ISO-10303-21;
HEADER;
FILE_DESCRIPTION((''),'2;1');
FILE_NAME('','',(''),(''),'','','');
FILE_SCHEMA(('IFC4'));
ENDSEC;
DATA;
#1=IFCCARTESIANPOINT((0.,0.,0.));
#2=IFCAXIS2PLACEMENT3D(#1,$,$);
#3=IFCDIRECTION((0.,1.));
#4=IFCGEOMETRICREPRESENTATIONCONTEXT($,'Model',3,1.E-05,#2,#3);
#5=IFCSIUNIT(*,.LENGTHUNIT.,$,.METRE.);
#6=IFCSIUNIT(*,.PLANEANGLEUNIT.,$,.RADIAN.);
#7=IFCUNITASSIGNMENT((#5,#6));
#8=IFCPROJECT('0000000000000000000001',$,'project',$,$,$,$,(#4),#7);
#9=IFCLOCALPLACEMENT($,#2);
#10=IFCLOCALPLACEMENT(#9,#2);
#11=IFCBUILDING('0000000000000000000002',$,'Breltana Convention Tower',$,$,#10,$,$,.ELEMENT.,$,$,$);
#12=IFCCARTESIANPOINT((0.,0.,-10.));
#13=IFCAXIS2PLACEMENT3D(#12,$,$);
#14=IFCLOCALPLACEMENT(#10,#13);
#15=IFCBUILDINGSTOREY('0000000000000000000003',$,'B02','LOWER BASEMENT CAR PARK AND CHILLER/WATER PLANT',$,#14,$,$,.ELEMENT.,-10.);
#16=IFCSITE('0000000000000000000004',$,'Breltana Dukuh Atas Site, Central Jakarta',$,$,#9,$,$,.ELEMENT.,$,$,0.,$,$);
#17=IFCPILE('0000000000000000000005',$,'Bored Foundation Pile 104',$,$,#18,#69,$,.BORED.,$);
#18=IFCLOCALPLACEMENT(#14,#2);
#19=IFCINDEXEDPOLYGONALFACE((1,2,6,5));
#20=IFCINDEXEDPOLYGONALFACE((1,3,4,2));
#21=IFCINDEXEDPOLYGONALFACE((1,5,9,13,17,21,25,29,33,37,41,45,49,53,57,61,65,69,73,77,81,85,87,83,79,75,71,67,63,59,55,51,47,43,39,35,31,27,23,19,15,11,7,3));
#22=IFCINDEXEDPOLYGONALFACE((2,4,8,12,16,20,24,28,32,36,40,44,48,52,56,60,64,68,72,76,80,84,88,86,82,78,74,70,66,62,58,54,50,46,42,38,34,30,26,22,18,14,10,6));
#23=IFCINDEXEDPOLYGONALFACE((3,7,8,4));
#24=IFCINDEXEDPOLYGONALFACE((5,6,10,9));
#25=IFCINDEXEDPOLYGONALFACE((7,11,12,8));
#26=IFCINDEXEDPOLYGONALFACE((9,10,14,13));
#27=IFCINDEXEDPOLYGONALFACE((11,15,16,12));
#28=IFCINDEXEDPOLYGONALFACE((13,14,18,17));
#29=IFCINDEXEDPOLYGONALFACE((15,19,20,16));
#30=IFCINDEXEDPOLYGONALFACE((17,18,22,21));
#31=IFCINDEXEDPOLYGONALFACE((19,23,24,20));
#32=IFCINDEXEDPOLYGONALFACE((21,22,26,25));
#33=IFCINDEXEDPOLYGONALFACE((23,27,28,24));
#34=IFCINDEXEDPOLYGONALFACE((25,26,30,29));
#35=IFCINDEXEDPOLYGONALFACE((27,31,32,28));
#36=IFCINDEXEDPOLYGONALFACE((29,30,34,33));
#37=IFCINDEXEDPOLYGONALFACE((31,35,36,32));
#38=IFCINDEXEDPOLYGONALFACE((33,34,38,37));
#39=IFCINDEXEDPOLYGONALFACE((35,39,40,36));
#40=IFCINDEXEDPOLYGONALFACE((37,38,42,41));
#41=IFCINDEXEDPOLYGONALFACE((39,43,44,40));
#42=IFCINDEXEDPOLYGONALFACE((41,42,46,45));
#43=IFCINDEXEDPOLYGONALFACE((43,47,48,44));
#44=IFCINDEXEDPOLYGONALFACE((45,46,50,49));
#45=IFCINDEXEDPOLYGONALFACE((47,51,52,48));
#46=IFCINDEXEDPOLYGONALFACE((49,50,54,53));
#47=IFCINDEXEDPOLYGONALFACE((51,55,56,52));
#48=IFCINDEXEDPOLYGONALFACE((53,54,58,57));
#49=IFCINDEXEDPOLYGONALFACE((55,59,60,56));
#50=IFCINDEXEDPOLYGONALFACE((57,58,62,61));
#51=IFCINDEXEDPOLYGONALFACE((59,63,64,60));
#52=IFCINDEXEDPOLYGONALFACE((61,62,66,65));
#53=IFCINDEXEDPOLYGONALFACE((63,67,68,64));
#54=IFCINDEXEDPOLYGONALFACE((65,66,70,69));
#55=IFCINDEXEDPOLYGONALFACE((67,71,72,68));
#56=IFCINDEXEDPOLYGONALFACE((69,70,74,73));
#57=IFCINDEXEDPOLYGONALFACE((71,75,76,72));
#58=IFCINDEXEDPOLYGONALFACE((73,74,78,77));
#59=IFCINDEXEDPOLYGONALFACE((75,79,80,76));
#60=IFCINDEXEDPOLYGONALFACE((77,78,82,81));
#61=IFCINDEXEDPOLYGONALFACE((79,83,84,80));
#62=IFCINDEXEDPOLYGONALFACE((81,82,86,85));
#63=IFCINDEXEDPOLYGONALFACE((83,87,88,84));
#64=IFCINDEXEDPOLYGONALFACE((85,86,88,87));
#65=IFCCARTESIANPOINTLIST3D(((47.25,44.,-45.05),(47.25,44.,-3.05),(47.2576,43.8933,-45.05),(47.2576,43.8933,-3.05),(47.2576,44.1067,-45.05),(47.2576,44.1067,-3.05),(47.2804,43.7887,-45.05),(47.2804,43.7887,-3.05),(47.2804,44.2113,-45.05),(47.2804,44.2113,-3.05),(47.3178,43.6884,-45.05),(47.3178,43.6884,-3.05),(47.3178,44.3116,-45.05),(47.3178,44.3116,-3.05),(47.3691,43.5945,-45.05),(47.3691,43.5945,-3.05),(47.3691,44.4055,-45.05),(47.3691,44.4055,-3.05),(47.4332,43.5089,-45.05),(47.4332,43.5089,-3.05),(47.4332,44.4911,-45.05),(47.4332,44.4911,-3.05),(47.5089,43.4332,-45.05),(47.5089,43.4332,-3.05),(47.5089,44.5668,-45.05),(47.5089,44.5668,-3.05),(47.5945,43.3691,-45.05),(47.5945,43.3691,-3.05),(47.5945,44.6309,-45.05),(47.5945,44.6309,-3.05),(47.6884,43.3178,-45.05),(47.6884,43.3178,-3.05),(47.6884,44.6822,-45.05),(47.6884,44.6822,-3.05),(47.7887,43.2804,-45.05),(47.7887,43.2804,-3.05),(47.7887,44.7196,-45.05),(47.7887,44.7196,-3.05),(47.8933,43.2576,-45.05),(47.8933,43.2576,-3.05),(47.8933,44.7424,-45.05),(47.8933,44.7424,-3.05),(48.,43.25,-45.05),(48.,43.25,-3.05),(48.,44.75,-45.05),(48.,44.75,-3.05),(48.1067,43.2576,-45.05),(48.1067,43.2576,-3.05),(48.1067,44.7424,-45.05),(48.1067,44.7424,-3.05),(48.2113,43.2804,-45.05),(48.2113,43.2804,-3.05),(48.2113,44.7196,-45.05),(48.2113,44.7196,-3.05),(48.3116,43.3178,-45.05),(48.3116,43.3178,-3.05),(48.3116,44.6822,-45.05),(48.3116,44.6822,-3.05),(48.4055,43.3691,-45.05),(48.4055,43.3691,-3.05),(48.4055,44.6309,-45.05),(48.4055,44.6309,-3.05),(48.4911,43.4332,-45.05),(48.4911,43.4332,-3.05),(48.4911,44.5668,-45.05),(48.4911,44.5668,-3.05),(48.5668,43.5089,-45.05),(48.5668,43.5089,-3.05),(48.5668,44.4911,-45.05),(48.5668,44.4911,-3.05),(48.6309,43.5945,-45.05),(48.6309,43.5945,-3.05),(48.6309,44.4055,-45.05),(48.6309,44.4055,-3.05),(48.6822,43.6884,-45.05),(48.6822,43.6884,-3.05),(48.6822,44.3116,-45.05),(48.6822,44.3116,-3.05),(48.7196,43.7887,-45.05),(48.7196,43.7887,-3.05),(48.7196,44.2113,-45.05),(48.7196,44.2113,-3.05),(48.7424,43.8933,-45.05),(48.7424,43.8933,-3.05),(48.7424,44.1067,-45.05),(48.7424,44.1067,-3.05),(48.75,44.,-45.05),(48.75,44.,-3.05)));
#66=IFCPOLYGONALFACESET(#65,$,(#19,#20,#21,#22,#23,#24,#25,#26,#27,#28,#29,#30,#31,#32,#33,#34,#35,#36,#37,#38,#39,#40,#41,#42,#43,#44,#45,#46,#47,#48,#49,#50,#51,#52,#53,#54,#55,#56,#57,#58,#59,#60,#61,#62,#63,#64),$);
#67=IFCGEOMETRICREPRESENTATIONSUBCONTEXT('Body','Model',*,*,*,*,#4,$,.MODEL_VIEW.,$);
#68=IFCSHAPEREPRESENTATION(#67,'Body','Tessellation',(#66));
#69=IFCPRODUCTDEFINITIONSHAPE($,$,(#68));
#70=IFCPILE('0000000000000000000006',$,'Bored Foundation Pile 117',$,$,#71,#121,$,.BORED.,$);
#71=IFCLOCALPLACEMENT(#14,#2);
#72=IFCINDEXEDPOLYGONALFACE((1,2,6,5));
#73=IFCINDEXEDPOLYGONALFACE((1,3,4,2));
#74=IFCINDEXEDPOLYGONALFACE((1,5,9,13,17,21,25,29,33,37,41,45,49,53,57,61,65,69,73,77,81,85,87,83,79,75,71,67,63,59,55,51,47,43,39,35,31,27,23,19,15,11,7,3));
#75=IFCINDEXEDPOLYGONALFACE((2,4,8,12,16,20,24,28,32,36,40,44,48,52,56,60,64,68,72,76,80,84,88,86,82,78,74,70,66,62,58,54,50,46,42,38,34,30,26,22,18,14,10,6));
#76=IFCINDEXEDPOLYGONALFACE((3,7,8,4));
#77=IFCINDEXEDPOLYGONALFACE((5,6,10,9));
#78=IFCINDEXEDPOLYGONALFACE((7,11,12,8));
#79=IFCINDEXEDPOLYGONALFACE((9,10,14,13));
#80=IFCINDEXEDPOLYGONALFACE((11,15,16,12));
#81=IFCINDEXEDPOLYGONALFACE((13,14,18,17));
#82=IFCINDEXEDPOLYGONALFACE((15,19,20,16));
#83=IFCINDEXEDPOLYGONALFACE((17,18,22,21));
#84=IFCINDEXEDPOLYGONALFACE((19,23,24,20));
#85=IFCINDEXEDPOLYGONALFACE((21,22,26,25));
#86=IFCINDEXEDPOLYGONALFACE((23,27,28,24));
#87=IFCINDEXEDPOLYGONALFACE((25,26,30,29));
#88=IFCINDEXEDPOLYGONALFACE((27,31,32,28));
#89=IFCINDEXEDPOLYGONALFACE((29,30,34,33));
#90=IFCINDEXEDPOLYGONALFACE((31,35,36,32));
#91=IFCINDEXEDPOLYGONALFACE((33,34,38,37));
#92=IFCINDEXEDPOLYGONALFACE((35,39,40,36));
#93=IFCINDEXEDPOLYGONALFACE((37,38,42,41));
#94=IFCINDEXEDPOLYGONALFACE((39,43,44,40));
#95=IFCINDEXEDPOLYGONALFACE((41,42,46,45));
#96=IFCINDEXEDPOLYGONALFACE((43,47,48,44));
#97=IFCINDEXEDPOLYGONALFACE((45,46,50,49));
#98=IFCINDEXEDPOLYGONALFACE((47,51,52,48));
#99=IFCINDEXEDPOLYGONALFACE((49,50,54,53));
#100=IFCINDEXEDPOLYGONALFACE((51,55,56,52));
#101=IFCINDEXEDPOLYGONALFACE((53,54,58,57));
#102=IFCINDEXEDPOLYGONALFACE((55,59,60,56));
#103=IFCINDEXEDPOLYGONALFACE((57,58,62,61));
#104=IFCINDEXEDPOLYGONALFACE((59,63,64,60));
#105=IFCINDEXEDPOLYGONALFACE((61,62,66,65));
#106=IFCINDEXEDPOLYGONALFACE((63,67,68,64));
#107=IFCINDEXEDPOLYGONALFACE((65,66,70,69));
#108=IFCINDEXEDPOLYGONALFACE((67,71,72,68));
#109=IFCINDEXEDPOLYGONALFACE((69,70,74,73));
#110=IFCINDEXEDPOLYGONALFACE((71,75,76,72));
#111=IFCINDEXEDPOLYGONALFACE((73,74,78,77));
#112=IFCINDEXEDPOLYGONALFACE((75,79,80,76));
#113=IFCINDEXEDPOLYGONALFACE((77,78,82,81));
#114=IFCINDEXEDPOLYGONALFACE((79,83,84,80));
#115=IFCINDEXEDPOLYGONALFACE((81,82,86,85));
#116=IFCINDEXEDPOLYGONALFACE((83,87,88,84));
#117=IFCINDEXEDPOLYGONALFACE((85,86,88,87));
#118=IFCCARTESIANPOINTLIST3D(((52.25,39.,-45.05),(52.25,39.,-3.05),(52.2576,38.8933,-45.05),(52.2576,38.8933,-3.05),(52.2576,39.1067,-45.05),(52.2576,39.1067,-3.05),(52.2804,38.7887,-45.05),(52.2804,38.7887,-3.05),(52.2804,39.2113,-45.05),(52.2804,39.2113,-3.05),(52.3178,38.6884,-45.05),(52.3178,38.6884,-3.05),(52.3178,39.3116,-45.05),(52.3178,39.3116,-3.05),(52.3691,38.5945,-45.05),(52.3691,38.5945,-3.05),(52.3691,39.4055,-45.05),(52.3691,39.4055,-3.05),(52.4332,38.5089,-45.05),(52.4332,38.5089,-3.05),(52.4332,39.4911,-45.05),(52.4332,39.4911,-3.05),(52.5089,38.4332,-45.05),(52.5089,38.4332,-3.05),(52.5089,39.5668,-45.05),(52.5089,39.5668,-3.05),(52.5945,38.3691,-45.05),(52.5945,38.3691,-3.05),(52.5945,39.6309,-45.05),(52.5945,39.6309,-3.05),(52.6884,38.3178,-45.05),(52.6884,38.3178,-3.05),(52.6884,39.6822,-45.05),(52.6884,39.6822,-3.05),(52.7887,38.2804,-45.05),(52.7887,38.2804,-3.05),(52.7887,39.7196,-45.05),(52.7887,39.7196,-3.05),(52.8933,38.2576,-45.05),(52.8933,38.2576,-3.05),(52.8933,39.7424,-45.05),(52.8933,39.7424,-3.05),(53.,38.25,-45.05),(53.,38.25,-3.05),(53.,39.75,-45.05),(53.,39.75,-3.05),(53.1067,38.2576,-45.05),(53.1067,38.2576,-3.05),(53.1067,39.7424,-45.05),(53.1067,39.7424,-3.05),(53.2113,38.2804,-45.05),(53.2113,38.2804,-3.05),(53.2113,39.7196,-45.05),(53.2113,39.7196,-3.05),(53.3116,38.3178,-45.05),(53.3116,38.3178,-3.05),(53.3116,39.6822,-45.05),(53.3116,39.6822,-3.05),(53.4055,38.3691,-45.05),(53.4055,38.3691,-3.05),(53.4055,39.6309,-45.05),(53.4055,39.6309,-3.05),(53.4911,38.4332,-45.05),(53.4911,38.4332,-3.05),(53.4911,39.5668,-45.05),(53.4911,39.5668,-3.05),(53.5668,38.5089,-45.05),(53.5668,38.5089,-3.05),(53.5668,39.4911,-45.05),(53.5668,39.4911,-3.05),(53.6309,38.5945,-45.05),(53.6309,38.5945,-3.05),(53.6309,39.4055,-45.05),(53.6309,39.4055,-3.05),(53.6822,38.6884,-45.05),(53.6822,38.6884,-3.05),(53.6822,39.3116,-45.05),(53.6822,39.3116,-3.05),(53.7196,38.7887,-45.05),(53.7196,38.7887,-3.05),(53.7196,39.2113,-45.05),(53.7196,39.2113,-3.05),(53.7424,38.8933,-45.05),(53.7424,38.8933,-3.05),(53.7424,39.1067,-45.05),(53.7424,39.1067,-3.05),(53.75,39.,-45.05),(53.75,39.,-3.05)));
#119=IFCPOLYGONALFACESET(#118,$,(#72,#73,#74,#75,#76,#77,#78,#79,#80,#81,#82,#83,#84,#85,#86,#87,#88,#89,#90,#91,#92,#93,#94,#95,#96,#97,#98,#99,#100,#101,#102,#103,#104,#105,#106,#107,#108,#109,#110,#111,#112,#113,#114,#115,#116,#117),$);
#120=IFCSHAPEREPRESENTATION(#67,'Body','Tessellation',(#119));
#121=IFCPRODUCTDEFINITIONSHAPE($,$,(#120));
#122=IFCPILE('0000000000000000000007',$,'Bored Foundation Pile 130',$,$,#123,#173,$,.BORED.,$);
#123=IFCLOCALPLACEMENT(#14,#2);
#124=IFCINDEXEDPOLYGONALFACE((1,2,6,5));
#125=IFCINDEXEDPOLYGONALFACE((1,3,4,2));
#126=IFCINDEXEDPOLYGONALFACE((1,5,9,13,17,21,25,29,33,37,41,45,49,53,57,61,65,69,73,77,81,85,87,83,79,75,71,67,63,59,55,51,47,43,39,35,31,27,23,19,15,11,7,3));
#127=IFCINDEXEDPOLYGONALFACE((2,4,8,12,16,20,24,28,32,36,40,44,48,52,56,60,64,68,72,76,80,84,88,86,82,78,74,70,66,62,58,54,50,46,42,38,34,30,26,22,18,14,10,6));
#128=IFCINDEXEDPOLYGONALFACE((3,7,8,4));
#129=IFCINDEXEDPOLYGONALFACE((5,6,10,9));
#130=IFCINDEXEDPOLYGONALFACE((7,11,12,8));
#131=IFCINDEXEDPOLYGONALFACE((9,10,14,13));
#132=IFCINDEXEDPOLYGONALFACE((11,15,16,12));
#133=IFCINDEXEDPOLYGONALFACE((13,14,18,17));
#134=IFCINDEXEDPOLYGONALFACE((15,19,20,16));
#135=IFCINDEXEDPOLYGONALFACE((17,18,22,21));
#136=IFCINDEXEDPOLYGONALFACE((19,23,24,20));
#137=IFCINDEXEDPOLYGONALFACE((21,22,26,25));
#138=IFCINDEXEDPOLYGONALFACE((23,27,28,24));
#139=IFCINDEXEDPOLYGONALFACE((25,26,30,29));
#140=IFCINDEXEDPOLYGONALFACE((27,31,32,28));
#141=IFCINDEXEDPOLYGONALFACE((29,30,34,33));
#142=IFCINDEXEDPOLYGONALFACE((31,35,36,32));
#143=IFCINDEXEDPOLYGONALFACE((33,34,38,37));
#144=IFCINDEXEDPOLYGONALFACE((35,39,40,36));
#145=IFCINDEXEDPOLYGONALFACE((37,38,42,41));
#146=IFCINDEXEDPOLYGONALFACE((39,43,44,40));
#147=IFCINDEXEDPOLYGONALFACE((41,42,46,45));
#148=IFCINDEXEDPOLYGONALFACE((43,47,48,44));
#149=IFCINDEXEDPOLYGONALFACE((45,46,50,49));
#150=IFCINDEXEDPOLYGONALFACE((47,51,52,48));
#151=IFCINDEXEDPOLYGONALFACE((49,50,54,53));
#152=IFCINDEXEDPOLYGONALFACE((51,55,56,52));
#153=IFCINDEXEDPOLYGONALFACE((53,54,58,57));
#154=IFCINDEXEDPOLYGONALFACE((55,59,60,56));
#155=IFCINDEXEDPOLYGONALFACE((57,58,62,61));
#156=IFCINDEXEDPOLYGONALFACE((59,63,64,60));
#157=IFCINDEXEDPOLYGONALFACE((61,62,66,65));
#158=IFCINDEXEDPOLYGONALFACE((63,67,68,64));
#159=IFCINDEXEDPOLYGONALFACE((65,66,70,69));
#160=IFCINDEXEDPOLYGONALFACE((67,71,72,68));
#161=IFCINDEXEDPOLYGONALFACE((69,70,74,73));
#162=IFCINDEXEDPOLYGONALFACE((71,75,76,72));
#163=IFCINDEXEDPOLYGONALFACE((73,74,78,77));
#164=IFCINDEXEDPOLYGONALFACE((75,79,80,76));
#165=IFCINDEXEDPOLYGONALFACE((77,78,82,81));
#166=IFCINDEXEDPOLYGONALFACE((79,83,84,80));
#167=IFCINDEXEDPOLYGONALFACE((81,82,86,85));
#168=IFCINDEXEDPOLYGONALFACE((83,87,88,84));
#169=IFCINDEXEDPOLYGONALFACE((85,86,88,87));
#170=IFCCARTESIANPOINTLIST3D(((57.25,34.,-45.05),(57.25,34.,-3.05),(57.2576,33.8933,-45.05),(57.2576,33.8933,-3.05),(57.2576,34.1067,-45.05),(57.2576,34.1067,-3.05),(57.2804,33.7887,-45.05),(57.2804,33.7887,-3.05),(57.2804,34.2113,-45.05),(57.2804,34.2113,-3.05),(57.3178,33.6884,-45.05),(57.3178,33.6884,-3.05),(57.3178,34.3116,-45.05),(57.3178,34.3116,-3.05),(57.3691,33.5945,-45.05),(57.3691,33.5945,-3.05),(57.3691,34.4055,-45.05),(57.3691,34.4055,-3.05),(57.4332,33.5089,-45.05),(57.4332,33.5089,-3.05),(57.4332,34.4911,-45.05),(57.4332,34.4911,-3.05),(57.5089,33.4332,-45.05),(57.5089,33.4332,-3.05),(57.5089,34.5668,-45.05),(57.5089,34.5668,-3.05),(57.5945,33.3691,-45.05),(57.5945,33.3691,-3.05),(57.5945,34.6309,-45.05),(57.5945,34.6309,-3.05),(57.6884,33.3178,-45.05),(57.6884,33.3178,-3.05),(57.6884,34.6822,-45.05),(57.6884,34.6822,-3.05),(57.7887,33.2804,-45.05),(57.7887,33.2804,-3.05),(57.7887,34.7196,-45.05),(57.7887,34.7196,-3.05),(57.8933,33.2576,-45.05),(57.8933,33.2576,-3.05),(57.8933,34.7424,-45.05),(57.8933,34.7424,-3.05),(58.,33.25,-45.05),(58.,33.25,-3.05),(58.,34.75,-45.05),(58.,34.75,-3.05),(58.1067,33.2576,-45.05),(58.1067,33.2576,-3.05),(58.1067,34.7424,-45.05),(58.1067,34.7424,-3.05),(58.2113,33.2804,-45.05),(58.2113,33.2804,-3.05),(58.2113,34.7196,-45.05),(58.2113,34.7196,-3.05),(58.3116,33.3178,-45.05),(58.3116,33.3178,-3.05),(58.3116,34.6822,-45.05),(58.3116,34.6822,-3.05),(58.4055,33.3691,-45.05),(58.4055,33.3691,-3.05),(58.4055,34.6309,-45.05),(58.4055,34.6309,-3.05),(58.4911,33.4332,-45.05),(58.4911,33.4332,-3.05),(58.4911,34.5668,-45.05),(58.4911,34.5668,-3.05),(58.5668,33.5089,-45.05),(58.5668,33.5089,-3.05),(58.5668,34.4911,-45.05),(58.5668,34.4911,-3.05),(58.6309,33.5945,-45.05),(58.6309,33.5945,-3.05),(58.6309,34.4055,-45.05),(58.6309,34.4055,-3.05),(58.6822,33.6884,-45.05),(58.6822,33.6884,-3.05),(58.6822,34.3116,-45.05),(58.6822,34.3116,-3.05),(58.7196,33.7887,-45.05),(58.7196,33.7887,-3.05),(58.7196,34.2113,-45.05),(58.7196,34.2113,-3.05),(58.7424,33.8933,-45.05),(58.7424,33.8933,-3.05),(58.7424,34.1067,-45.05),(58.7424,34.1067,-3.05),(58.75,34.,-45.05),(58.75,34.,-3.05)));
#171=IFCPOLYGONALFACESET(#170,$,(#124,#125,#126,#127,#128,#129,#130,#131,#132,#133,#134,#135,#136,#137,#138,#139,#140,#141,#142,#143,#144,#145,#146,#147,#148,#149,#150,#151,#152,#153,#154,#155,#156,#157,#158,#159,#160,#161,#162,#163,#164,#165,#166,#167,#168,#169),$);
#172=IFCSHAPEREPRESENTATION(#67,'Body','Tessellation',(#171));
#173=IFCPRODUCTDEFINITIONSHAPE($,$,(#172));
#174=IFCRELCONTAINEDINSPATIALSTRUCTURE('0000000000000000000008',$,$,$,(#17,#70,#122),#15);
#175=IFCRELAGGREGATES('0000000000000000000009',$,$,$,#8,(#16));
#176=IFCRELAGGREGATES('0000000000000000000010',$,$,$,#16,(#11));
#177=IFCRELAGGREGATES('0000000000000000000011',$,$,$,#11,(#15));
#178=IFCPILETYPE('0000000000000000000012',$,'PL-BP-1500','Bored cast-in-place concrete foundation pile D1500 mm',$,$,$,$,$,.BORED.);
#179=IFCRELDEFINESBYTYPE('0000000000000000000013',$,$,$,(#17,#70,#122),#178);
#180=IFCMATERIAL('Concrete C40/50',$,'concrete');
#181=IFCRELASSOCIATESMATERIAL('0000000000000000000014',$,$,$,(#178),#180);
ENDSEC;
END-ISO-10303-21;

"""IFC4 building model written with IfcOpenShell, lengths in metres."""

from ifc_helpers import new_model, si_unit, direction, frame, origin, origin_2d, place, context, subcontext, project, spatial, circle, extrude, source, transform, mapped, material, material_profile, profile_set, type_object, type_shapes, element, save


model = new_model("IFC4")

# Units and contexts
model_context = context("Model", 3, precision=1e-05, world=origin(), true_north=direction((0.0, 1.0)))
body_context = subcontext(model_context, "Body", "Model", "MODEL_VIEW")
ifc_project = project(units=[si_unit("LENGTHUNIT", "METRE"), si_unit("PLANEANGLEUNIT", "RADIAN")], contexts=[model_context])

# Site, building, storey
site_placement = place(None, origin())
site = spatial("IfcSite", under=ifc_project, at=site_placement, Name="Breltana Dukuh Atas Site, Central Jakarta", CompositionType="ELEMENT", RefElevation=0.0)
building_placement = place(site_placement, origin())
building = spatial("IfcBuilding", under=site, at=building_placement, Name="Breltana Convention Tower", CompositionType="ELEMENT")
storey_placement = place(building_placement, frame((0.0, 0.0, -10.0)))
storey = spatial("IfcBuildingStorey", under=building, at=storey_placement, Name="B02", Description="LOWER BASEMENT CAR PARK AND CHILLER/WATER PLANT", CompositionType="ELEMENT", Elevation=-10.0)

# Piles
ifc_material_1 = material(Name="Concrete C40/50", Category="concrete")
ifc_material_profile_1 = material_profile(ifc_material_1, circle(Radius=0.75, at=origin_2d()), Name="BP-D1500")
ifc_profile_set_1 = profile_set([ifc_material_profile_1], Name="Concrete C40/50")
pile_type_1 = type_object("IfcPileType", Name="PL-BP-1500", Description="Bored cast-in-place concrete foundation pile D1500 mm", PredefinedType="BORED", material=ifc_profile_set_1)
shared_shape_1 = source(origin(), body_context, "Body", "SweptSolid", [
    extrude(circle(Radius=0.75, at=origin_2d()), origin(), (0.0, 0.0, 1.0), 42.0),
])
type_shapes(pile_type_1, [shared_shape_1])
for number, where, z_axis, x_axis, name in (
    (1, (48.0, 44.0, -3.05), (0.0, 0.0, -1.0), (1.0, 0.0, 0.0), "Bored Foundation Pile 104"),
    (2, (53.0, 39.0, -3.05), (0.0, 0.0, -1.0), (1.0, 0.0, 0.0), "Bored Foundation Pile 117"),
    (3, (58.0, 34.0, -3.05), (0.0, 0.0, -1.0), (1.0, 0.0, 0.0), "Bored Foundation Pile 130"),
):
    element("IfcPile", number, at=place(storey_placement, frame(where, z_axis=z_axis, x_axis=x_axis)), inside=storey, type_object=pile_type_1, Name=name, PredefinedType="BORED", context=body_context, shape_type="MappedRepresentation", body=[
        mapped(shared_shape_1, transform((0.0, 0.0, 0.0), scale=1.0)),
    ])

save(model, "model.ifc")
